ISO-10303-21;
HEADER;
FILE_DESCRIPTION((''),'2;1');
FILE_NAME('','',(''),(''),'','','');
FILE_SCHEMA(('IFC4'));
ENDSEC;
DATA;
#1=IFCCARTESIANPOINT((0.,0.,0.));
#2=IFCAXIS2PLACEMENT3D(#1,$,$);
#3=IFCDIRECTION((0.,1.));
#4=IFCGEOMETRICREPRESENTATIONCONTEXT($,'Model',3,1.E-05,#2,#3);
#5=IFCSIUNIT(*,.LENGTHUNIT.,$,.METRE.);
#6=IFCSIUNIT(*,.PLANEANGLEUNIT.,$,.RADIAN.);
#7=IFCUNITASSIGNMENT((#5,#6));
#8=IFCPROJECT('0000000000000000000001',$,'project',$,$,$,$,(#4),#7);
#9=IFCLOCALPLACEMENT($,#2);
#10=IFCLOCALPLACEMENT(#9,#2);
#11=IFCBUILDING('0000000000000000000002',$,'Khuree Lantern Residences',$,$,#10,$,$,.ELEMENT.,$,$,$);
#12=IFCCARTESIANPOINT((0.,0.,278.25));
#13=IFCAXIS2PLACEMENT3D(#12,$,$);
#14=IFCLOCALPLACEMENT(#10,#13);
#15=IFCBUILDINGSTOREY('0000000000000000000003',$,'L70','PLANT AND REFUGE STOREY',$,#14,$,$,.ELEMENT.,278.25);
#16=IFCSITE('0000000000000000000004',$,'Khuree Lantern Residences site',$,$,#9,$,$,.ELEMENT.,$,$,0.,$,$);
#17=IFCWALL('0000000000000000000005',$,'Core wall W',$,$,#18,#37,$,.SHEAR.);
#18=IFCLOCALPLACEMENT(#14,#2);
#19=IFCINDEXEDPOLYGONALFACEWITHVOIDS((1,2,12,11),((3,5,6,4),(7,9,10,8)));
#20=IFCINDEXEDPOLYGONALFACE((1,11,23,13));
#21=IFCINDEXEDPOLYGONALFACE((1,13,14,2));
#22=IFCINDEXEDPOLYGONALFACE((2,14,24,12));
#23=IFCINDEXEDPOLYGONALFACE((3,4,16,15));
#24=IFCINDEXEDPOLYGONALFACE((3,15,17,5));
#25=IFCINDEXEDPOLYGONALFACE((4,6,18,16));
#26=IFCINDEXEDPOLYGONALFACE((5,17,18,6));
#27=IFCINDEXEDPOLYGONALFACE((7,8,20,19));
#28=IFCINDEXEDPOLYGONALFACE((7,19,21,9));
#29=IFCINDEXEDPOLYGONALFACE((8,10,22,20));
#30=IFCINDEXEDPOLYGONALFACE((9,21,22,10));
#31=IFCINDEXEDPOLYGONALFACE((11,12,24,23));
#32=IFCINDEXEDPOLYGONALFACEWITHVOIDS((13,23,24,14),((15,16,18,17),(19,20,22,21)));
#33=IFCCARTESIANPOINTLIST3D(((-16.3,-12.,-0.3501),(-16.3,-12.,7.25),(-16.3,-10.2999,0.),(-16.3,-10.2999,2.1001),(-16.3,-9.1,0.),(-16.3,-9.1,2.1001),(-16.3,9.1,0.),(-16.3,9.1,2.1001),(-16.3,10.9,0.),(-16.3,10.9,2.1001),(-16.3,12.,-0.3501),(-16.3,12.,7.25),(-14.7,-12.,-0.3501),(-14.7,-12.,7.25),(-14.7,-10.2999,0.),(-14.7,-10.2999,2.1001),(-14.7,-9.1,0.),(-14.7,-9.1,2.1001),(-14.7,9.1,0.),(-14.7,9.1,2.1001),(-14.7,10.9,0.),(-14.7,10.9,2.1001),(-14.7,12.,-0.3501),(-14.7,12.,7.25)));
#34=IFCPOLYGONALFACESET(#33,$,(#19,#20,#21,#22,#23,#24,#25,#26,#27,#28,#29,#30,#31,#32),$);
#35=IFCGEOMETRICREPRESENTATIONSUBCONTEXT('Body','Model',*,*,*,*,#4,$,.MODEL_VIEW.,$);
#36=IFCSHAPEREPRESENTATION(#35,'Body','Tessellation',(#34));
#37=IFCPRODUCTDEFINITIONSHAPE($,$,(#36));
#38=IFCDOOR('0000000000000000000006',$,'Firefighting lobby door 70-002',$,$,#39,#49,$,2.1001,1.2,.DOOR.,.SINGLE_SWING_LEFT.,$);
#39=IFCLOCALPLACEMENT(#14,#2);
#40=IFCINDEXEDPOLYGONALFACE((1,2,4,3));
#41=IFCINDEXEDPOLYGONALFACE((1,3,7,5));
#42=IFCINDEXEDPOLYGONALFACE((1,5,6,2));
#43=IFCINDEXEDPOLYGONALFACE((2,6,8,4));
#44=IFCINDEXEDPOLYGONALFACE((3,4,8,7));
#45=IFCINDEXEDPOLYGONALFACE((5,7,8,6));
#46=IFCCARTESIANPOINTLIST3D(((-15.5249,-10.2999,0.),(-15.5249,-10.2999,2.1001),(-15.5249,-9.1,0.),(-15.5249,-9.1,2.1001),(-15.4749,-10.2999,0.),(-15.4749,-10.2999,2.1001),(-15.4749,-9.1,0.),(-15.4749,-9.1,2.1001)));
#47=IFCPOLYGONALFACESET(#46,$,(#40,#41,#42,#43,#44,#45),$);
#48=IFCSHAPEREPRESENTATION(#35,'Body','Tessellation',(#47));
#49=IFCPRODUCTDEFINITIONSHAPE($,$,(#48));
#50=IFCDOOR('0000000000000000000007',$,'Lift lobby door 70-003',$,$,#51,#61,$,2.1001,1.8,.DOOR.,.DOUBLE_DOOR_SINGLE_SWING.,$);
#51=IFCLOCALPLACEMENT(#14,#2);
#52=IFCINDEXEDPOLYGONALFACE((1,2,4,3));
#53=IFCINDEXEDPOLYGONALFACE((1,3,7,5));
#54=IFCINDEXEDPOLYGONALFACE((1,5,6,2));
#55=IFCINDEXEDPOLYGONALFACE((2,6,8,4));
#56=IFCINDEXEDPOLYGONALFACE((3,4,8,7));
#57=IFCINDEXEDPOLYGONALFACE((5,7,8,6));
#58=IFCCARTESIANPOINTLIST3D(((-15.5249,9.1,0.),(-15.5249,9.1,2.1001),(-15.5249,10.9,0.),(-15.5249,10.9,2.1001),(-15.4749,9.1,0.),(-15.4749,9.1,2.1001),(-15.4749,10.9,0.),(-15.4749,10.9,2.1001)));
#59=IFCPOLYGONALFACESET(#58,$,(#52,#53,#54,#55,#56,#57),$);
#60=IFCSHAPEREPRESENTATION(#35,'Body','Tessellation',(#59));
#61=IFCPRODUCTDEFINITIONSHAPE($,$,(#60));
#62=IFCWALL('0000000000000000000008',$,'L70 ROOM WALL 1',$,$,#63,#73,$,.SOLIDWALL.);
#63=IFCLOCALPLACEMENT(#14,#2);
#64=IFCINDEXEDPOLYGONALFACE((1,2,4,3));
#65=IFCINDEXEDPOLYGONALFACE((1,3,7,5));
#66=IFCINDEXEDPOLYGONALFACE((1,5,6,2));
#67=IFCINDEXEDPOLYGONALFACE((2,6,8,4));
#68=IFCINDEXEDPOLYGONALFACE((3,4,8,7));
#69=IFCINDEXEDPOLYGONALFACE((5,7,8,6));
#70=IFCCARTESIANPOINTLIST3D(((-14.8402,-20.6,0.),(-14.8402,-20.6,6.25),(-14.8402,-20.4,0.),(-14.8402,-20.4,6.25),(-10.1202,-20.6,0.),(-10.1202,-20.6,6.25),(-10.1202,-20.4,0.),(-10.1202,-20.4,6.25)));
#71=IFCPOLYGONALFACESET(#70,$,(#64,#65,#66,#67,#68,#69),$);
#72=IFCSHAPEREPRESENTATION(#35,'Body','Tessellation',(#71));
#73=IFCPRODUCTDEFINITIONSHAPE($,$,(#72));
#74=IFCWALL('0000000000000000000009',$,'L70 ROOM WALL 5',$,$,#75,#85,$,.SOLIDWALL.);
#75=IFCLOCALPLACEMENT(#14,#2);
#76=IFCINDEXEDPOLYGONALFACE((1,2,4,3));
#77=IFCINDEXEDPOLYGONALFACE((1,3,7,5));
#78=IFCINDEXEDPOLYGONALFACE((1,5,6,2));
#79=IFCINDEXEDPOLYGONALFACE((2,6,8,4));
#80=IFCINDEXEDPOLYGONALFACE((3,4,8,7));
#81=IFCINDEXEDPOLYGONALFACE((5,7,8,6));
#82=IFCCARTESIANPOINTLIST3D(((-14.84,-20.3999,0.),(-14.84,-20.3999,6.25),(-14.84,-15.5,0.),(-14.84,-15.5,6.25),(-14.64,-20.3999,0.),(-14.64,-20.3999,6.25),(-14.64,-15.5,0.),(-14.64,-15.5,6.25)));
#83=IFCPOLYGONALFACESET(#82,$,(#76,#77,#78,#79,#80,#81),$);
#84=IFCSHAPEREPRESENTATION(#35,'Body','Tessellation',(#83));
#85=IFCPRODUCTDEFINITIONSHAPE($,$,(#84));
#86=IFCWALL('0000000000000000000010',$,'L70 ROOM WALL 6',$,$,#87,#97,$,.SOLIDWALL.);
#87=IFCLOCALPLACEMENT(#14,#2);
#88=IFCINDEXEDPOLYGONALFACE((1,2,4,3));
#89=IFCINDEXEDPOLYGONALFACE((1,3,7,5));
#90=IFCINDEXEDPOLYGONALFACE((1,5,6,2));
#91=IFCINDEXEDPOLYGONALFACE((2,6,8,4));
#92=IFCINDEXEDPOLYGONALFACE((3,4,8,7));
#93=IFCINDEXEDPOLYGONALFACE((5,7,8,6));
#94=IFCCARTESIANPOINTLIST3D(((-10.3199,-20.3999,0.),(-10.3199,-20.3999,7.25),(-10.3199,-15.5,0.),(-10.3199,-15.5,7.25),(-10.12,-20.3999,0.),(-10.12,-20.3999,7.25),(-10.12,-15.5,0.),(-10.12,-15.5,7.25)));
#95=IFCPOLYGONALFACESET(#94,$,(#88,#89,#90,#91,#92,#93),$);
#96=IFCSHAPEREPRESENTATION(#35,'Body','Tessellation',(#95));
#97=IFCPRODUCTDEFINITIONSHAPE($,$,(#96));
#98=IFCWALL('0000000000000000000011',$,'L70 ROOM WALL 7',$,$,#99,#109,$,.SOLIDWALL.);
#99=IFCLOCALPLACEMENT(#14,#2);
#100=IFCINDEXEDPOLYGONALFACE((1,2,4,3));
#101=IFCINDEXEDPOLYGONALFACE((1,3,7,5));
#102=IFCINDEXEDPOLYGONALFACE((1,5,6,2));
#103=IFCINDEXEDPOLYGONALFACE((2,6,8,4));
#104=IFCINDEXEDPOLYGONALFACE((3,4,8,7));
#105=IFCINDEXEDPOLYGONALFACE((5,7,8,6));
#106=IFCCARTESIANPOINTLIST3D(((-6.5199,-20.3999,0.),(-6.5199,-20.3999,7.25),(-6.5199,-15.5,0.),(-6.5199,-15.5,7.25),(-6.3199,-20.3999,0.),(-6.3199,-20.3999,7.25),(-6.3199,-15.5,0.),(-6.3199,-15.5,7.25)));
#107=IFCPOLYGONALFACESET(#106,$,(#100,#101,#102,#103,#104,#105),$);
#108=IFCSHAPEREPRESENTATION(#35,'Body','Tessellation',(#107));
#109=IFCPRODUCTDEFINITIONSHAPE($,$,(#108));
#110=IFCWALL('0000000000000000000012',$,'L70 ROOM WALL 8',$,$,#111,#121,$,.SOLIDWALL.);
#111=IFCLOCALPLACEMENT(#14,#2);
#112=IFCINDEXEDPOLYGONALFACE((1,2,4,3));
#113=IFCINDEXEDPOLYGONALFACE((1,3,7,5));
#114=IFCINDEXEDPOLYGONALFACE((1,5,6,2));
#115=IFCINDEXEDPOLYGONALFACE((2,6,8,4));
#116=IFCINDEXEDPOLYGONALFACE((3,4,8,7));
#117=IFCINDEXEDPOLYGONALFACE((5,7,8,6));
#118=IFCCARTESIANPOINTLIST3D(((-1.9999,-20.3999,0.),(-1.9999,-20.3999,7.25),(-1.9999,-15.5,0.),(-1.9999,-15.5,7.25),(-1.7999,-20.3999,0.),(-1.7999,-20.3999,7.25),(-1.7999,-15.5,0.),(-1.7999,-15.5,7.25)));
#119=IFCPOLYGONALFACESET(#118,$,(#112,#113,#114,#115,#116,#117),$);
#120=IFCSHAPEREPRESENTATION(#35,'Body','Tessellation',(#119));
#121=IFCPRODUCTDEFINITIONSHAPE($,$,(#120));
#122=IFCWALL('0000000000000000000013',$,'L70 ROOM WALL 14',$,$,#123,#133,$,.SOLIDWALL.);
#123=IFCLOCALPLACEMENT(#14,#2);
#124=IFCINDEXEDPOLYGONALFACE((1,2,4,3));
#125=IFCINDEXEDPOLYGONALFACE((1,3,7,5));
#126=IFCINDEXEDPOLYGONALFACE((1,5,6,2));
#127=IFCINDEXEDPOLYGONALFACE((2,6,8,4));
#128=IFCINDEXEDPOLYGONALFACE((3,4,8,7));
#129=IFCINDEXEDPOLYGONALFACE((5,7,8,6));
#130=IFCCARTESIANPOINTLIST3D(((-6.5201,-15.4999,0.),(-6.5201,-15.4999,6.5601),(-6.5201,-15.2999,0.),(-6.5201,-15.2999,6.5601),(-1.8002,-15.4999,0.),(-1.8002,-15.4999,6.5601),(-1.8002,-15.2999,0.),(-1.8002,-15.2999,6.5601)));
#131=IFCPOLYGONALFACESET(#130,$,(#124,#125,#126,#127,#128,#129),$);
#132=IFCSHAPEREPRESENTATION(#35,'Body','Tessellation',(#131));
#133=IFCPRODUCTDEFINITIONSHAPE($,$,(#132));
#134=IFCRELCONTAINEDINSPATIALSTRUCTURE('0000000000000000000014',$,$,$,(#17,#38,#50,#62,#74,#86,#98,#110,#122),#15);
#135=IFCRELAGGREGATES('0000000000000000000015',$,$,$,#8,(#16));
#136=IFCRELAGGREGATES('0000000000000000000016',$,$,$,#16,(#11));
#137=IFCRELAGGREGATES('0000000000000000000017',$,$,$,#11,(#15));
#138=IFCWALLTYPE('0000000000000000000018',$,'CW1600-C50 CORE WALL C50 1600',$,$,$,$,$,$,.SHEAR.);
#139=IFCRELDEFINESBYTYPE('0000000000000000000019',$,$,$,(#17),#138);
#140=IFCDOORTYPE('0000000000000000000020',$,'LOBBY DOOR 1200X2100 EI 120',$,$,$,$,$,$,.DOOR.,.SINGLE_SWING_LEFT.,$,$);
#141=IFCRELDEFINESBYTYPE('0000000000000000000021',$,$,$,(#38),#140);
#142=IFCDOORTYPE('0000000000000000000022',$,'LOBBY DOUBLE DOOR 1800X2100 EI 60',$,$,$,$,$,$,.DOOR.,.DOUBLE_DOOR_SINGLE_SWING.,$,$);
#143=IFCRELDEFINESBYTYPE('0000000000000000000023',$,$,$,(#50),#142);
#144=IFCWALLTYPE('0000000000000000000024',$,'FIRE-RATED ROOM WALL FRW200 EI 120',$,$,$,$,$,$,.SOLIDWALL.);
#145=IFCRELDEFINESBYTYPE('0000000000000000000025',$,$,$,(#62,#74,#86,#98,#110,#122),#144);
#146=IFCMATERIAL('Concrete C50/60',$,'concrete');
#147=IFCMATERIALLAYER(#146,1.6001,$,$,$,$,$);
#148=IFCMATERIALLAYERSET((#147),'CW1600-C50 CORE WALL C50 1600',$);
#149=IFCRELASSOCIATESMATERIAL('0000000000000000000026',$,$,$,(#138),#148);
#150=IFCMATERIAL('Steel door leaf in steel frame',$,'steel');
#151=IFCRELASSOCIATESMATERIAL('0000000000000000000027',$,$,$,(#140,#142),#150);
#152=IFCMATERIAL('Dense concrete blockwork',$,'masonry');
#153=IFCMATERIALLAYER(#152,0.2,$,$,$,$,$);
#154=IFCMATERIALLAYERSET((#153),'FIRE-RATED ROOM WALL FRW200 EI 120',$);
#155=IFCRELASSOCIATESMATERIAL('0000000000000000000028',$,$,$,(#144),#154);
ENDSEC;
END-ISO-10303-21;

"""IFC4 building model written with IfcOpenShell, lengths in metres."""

from ifc_helpers import new_model, si_unit, direction, frame, frame_2d, origin, place, context, subcontext, project, spatial, rectangle, extrude, material, layer, layer_set, type_object, element, fill, save


model = new_model("IFC4")

# Units and contexts
model_context = context("Model", 3, precision=1e-05, world=origin(), true_north=direction((0.0, 1.0)))
body_context = subcontext(model_context, "Body", "Model", "MODEL_VIEW")
ifc_project = project(units=[si_unit("LENGTHUNIT", "METRE"), si_unit("PLANEANGLEUNIT", "RADIAN")], contexts=[model_context])

# Site, building, storey
site_placement = place(None, origin())
site = spatial("IfcSite", under=ifc_project, at=site_placement, Name="Khuree Lantern Residences site", CompositionType="ELEMENT", RefElevation=0.0)
building_placement = place(site_placement, origin())
building = spatial("IfcBuilding", under=site, at=building_placement, Name="Khuree Lantern Residences", CompositionType="ELEMENT")
storey_placement = place(building_placement, frame((0.0, 0.0, 278.25)))
storey = spatial("IfcBuildingStorey", under=building, at=storey_placement, Name="L70", Description="PLANT AND REFUGE STOREY", CompositionType="ELEMENT", Elevation=278.25)

# Shared definitions
ifc_material_1 = material(Name="Concrete C50/60", Category="concrete")

# Shared definitions
ifc_material_2 = material(Name="Dense concrete blockwork", Category="masonry")

# Shared definitions
ifc_layer_1 = layer(ifc_material_1, 1.6001)
ifc_layer_set_1 = layer_set([ifc_layer_1], Name="CW1600-C50 CORE WALL C50 1600")
wall_type_1 = type_object("IfcWallType", Name="CW1600-C50 CORE WALL C50 1600", PredefinedType="SHEAR", material=ifc_layer_set_1)

# Wall, openings, doors
wall_1_placement = place(storey_placement, frame((-15.5, -12.0, -0.3501), z_axis=(0.0, 0.0, 1.0), x_axis=(0.0, 1.0, 0.0)))
wall_1 = element("IfcWall", 1, at=wall_1_placement, inside=storey, type_object=wall_type_1, Name="Core wall W", PredefinedType="SHEAR", context=body_context, shape_type="SweptSolid", body=[
    extrude(rectangle(XDim=24.0, YDim=1.6001, at=frame_2d((12.0, 0.0))), origin(), (0.0, 0.0, 1.0), 7.6001),
])
opening_1_placement = place(wall_1_placement, frame((1.7, 0.0, 0.3501)))
opening_1 = element("IfcOpeningElement", 2, at=opening_1_placement, cuts=wall_1, PredefinedType="OPENING", context=body_context, shape_type="SweptSolid", body=[
    extrude(rectangle(XDim=1.2, YDim=2.1001, at=frame_2d((0.6001, 1.05))), frame((0.0, 0.8101, 0.0), z_axis=(0.0, -1.0, 0.0), x_axis=(1.0, 0.0, 0.0)), (0.0, 0.0, 1.0), 1.6201),
])
opening_2_placement = place(wall_1_placement, frame((21.1001, 0.0, 0.3501)))
opening_2 = element("IfcOpeningElement", 3, at=opening_2_placement, cuts=wall_1, PredefinedType="OPENING", context=body_context, shape_type="SweptSolid", body=[
    extrude(rectangle(XDim=1.8, YDim=2.1001, at=frame_2d((0.8999, 1.05))), frame((0.0, 0.8101, 0.0), z_axis=(0.0, -1.0, 0.0), x_axis=(1.0, 0.0, 0.0)), (0.0, 0.0, 1.0), 1.6201),
])
ifc_material_3 = material(Name="Steel door leaf in steel frame", Category="steel")
door_type_1 = type_object("IfcDoorType", Name="LOBBY DOOR 1200X2100 EI 120", OperationType="SINGLE_SWING_LEFT", PredefinedType="DOOR", material=ifc_material_3)
door_1_placement = place(opening_1_placement, origin())
door_1 = element("IfcDoor", 4, at=door_1_placement, inside=storey, type_object=door_type_1, Name="Firefighting lobby door 70-002", OperationType="SINGLE_SWING_LEFT", OverallHeight=2.1001, OverallWidth=1.2, PredefinedType="DOOR", context=body_context, shape_type="SweptSolid", body=[
    extrude(rectangle(XDim=1.2, YDim=2.1001, at=frame_2d((0.6001, 1.05))), frame((0.0, 0.0249, 0.0), z_axis=(0.0, -1.0, 0.0), x_axis=(1.0, 0.0, 0.0)), (0.0, 0.0, 1.0), 0.05),
])
fill(opening_1, door_1)
door_type_2 = type_object("IfcDoorType", Name="LOBBY DOUBLE DOOR 1800X2100 EI 60", OperationType="DOUBLE_DOOR_SINGLE_SWING", PredefinedType="DOOR", material=ifc_material_3)
door_2_placement = place(opening_2_placement, origin())
door_2 = element("IfcDoor", 5, at=door_2_placement, inside=storey, type_object=door_type_2, Name="Lift lobby door 70-003", OperationType="DOUBLE_DOOR_SINGLE_SWING", OverallHeight=2.1001, OverallWidth=1.8, PredefinedType="DOOR", context=body_context, shape_type="SweptSolid", body=[
    extrude(rectangle(XDim=1.8, YDim=2.1001, at=frame_2d((0.8999, 1.05))), frame((0.0, 0.0249, 0.0), z_axis=(0.0, -1.0, 0.0), x_axis=(1.0, 0.0, 0.0)), (0.0, 0.0, 1.0), 0.05),
])
fill(opening_2, door_2)

# Wall
ifc_layer_2 = layer(ifc_material_2, 0.2)
ifc_layer_set_2 = layer_set([ifc_layer_2], Name="FIRE-RATED ROOM WALL FRW200 EI 120")
wall_type_2 = type_object("IfcWallType", Name="FIRE-RATED ROOM WALL FRW200 EI 120", PredefinedType="SOLIDWALL", material=ifc_layer_set_2)
wall_2_placement = place(storey_placement, frame((-14.8401, -20.5, 0.0), z_axis=(0.0, 0.0, 1.0), x_axis=(1.0, 0.0, 0.0)))
element("IfcWall", 6, at=wall_2_placement, inside=storey, type_object=wall_type_2, Name="L70 ROOM WALL 1", PredefinedType="SOLIDWALL", context=body_context, shape_type="SweptSolid", body=[
    extrude(rectangle(XDim=4.72, YDim=0.2, at=frame_2d((2.3599, 0.0))), origin(), (0.0, 0.0, 1.0), 6.25),
])

# Walls
wall_3_placement = place(storey_placement, frame((-14.74, -20.3999, 0.0), z_axis=(0.0, 0.0, 1.0), x_axis=(0.0, 1.0, 0.0)))
element("IfcWall", 7, at=wall_3_placement, inside=storey, type_object=wall_type_2, Name="L70 ROOM WALL 5", PredefinedType="SOLIDWALL", context=body_context, shape_type="SweptSolid", body=[
    extrude(rectangle(XDim=4.8999, YDim=0.2, at=frame_2d((2.45, 0.0))), origin(), (0.0, 0.0, 1.0), 6.25),
])
for number, where, z_axis, x_axis, name in (
    (8, (-10.22, -20.3999, 0.0), (0.0, 0.0, 1.0), (0.0, 1.0, 0.0), "L70 ROOM WALL 6"),
    (9, (-6.4199, -20.3999, 0.0), (0.0, 0.0, 1.0), (0.0, 1.0, 0.0), "L70 ROOM WALL 7"),
    (10, (-1.8999, -20.3999, 0.0), (0.0, 0.0, 1.0), (0.0, 1.0, 0.0), "L70 ROOM WALL 8"),
):
    element("IfcWall", number, at=place(storey_placement, frame(where, z_axis=z_axis, x_axis=x_axis)), inside=storey, type_object=wall_type_2, Name=name, PredefinedType="SOLIDWALL", context=body_context, shape_type="SweptSolid", body=[
        extrude(rectangle(XDim=4.8999, YDim=0.2, at=frame_2d((2.45, 0.0))), origin(), (0.0, 0.0, 1.0), 7.25),
    ])

# Wall
wall_4_placement = place(storey_placement, frame((-6.52, -15.3999, 0.0), z_axis=(0.0, 0.0, 1.0), x_axis=(1.0, 0.0, 0.0)))
element("IfcWall", 11, at=wall_4_placement, inside=storey, type_object=wall_type_2, Name="L70 ROOM WALL 14", PredefinedType="SOLIDWALL", context=body_context, shape_type="SweptSolid", body=[
    extrude(rectangle(XDim=4.72, YDim=0.2, at=frame_2d((2.3599, 0.0))), origin(), (0.0, 0.0, 1.0), 6.5601),
])

save(model, "model.ifc")
